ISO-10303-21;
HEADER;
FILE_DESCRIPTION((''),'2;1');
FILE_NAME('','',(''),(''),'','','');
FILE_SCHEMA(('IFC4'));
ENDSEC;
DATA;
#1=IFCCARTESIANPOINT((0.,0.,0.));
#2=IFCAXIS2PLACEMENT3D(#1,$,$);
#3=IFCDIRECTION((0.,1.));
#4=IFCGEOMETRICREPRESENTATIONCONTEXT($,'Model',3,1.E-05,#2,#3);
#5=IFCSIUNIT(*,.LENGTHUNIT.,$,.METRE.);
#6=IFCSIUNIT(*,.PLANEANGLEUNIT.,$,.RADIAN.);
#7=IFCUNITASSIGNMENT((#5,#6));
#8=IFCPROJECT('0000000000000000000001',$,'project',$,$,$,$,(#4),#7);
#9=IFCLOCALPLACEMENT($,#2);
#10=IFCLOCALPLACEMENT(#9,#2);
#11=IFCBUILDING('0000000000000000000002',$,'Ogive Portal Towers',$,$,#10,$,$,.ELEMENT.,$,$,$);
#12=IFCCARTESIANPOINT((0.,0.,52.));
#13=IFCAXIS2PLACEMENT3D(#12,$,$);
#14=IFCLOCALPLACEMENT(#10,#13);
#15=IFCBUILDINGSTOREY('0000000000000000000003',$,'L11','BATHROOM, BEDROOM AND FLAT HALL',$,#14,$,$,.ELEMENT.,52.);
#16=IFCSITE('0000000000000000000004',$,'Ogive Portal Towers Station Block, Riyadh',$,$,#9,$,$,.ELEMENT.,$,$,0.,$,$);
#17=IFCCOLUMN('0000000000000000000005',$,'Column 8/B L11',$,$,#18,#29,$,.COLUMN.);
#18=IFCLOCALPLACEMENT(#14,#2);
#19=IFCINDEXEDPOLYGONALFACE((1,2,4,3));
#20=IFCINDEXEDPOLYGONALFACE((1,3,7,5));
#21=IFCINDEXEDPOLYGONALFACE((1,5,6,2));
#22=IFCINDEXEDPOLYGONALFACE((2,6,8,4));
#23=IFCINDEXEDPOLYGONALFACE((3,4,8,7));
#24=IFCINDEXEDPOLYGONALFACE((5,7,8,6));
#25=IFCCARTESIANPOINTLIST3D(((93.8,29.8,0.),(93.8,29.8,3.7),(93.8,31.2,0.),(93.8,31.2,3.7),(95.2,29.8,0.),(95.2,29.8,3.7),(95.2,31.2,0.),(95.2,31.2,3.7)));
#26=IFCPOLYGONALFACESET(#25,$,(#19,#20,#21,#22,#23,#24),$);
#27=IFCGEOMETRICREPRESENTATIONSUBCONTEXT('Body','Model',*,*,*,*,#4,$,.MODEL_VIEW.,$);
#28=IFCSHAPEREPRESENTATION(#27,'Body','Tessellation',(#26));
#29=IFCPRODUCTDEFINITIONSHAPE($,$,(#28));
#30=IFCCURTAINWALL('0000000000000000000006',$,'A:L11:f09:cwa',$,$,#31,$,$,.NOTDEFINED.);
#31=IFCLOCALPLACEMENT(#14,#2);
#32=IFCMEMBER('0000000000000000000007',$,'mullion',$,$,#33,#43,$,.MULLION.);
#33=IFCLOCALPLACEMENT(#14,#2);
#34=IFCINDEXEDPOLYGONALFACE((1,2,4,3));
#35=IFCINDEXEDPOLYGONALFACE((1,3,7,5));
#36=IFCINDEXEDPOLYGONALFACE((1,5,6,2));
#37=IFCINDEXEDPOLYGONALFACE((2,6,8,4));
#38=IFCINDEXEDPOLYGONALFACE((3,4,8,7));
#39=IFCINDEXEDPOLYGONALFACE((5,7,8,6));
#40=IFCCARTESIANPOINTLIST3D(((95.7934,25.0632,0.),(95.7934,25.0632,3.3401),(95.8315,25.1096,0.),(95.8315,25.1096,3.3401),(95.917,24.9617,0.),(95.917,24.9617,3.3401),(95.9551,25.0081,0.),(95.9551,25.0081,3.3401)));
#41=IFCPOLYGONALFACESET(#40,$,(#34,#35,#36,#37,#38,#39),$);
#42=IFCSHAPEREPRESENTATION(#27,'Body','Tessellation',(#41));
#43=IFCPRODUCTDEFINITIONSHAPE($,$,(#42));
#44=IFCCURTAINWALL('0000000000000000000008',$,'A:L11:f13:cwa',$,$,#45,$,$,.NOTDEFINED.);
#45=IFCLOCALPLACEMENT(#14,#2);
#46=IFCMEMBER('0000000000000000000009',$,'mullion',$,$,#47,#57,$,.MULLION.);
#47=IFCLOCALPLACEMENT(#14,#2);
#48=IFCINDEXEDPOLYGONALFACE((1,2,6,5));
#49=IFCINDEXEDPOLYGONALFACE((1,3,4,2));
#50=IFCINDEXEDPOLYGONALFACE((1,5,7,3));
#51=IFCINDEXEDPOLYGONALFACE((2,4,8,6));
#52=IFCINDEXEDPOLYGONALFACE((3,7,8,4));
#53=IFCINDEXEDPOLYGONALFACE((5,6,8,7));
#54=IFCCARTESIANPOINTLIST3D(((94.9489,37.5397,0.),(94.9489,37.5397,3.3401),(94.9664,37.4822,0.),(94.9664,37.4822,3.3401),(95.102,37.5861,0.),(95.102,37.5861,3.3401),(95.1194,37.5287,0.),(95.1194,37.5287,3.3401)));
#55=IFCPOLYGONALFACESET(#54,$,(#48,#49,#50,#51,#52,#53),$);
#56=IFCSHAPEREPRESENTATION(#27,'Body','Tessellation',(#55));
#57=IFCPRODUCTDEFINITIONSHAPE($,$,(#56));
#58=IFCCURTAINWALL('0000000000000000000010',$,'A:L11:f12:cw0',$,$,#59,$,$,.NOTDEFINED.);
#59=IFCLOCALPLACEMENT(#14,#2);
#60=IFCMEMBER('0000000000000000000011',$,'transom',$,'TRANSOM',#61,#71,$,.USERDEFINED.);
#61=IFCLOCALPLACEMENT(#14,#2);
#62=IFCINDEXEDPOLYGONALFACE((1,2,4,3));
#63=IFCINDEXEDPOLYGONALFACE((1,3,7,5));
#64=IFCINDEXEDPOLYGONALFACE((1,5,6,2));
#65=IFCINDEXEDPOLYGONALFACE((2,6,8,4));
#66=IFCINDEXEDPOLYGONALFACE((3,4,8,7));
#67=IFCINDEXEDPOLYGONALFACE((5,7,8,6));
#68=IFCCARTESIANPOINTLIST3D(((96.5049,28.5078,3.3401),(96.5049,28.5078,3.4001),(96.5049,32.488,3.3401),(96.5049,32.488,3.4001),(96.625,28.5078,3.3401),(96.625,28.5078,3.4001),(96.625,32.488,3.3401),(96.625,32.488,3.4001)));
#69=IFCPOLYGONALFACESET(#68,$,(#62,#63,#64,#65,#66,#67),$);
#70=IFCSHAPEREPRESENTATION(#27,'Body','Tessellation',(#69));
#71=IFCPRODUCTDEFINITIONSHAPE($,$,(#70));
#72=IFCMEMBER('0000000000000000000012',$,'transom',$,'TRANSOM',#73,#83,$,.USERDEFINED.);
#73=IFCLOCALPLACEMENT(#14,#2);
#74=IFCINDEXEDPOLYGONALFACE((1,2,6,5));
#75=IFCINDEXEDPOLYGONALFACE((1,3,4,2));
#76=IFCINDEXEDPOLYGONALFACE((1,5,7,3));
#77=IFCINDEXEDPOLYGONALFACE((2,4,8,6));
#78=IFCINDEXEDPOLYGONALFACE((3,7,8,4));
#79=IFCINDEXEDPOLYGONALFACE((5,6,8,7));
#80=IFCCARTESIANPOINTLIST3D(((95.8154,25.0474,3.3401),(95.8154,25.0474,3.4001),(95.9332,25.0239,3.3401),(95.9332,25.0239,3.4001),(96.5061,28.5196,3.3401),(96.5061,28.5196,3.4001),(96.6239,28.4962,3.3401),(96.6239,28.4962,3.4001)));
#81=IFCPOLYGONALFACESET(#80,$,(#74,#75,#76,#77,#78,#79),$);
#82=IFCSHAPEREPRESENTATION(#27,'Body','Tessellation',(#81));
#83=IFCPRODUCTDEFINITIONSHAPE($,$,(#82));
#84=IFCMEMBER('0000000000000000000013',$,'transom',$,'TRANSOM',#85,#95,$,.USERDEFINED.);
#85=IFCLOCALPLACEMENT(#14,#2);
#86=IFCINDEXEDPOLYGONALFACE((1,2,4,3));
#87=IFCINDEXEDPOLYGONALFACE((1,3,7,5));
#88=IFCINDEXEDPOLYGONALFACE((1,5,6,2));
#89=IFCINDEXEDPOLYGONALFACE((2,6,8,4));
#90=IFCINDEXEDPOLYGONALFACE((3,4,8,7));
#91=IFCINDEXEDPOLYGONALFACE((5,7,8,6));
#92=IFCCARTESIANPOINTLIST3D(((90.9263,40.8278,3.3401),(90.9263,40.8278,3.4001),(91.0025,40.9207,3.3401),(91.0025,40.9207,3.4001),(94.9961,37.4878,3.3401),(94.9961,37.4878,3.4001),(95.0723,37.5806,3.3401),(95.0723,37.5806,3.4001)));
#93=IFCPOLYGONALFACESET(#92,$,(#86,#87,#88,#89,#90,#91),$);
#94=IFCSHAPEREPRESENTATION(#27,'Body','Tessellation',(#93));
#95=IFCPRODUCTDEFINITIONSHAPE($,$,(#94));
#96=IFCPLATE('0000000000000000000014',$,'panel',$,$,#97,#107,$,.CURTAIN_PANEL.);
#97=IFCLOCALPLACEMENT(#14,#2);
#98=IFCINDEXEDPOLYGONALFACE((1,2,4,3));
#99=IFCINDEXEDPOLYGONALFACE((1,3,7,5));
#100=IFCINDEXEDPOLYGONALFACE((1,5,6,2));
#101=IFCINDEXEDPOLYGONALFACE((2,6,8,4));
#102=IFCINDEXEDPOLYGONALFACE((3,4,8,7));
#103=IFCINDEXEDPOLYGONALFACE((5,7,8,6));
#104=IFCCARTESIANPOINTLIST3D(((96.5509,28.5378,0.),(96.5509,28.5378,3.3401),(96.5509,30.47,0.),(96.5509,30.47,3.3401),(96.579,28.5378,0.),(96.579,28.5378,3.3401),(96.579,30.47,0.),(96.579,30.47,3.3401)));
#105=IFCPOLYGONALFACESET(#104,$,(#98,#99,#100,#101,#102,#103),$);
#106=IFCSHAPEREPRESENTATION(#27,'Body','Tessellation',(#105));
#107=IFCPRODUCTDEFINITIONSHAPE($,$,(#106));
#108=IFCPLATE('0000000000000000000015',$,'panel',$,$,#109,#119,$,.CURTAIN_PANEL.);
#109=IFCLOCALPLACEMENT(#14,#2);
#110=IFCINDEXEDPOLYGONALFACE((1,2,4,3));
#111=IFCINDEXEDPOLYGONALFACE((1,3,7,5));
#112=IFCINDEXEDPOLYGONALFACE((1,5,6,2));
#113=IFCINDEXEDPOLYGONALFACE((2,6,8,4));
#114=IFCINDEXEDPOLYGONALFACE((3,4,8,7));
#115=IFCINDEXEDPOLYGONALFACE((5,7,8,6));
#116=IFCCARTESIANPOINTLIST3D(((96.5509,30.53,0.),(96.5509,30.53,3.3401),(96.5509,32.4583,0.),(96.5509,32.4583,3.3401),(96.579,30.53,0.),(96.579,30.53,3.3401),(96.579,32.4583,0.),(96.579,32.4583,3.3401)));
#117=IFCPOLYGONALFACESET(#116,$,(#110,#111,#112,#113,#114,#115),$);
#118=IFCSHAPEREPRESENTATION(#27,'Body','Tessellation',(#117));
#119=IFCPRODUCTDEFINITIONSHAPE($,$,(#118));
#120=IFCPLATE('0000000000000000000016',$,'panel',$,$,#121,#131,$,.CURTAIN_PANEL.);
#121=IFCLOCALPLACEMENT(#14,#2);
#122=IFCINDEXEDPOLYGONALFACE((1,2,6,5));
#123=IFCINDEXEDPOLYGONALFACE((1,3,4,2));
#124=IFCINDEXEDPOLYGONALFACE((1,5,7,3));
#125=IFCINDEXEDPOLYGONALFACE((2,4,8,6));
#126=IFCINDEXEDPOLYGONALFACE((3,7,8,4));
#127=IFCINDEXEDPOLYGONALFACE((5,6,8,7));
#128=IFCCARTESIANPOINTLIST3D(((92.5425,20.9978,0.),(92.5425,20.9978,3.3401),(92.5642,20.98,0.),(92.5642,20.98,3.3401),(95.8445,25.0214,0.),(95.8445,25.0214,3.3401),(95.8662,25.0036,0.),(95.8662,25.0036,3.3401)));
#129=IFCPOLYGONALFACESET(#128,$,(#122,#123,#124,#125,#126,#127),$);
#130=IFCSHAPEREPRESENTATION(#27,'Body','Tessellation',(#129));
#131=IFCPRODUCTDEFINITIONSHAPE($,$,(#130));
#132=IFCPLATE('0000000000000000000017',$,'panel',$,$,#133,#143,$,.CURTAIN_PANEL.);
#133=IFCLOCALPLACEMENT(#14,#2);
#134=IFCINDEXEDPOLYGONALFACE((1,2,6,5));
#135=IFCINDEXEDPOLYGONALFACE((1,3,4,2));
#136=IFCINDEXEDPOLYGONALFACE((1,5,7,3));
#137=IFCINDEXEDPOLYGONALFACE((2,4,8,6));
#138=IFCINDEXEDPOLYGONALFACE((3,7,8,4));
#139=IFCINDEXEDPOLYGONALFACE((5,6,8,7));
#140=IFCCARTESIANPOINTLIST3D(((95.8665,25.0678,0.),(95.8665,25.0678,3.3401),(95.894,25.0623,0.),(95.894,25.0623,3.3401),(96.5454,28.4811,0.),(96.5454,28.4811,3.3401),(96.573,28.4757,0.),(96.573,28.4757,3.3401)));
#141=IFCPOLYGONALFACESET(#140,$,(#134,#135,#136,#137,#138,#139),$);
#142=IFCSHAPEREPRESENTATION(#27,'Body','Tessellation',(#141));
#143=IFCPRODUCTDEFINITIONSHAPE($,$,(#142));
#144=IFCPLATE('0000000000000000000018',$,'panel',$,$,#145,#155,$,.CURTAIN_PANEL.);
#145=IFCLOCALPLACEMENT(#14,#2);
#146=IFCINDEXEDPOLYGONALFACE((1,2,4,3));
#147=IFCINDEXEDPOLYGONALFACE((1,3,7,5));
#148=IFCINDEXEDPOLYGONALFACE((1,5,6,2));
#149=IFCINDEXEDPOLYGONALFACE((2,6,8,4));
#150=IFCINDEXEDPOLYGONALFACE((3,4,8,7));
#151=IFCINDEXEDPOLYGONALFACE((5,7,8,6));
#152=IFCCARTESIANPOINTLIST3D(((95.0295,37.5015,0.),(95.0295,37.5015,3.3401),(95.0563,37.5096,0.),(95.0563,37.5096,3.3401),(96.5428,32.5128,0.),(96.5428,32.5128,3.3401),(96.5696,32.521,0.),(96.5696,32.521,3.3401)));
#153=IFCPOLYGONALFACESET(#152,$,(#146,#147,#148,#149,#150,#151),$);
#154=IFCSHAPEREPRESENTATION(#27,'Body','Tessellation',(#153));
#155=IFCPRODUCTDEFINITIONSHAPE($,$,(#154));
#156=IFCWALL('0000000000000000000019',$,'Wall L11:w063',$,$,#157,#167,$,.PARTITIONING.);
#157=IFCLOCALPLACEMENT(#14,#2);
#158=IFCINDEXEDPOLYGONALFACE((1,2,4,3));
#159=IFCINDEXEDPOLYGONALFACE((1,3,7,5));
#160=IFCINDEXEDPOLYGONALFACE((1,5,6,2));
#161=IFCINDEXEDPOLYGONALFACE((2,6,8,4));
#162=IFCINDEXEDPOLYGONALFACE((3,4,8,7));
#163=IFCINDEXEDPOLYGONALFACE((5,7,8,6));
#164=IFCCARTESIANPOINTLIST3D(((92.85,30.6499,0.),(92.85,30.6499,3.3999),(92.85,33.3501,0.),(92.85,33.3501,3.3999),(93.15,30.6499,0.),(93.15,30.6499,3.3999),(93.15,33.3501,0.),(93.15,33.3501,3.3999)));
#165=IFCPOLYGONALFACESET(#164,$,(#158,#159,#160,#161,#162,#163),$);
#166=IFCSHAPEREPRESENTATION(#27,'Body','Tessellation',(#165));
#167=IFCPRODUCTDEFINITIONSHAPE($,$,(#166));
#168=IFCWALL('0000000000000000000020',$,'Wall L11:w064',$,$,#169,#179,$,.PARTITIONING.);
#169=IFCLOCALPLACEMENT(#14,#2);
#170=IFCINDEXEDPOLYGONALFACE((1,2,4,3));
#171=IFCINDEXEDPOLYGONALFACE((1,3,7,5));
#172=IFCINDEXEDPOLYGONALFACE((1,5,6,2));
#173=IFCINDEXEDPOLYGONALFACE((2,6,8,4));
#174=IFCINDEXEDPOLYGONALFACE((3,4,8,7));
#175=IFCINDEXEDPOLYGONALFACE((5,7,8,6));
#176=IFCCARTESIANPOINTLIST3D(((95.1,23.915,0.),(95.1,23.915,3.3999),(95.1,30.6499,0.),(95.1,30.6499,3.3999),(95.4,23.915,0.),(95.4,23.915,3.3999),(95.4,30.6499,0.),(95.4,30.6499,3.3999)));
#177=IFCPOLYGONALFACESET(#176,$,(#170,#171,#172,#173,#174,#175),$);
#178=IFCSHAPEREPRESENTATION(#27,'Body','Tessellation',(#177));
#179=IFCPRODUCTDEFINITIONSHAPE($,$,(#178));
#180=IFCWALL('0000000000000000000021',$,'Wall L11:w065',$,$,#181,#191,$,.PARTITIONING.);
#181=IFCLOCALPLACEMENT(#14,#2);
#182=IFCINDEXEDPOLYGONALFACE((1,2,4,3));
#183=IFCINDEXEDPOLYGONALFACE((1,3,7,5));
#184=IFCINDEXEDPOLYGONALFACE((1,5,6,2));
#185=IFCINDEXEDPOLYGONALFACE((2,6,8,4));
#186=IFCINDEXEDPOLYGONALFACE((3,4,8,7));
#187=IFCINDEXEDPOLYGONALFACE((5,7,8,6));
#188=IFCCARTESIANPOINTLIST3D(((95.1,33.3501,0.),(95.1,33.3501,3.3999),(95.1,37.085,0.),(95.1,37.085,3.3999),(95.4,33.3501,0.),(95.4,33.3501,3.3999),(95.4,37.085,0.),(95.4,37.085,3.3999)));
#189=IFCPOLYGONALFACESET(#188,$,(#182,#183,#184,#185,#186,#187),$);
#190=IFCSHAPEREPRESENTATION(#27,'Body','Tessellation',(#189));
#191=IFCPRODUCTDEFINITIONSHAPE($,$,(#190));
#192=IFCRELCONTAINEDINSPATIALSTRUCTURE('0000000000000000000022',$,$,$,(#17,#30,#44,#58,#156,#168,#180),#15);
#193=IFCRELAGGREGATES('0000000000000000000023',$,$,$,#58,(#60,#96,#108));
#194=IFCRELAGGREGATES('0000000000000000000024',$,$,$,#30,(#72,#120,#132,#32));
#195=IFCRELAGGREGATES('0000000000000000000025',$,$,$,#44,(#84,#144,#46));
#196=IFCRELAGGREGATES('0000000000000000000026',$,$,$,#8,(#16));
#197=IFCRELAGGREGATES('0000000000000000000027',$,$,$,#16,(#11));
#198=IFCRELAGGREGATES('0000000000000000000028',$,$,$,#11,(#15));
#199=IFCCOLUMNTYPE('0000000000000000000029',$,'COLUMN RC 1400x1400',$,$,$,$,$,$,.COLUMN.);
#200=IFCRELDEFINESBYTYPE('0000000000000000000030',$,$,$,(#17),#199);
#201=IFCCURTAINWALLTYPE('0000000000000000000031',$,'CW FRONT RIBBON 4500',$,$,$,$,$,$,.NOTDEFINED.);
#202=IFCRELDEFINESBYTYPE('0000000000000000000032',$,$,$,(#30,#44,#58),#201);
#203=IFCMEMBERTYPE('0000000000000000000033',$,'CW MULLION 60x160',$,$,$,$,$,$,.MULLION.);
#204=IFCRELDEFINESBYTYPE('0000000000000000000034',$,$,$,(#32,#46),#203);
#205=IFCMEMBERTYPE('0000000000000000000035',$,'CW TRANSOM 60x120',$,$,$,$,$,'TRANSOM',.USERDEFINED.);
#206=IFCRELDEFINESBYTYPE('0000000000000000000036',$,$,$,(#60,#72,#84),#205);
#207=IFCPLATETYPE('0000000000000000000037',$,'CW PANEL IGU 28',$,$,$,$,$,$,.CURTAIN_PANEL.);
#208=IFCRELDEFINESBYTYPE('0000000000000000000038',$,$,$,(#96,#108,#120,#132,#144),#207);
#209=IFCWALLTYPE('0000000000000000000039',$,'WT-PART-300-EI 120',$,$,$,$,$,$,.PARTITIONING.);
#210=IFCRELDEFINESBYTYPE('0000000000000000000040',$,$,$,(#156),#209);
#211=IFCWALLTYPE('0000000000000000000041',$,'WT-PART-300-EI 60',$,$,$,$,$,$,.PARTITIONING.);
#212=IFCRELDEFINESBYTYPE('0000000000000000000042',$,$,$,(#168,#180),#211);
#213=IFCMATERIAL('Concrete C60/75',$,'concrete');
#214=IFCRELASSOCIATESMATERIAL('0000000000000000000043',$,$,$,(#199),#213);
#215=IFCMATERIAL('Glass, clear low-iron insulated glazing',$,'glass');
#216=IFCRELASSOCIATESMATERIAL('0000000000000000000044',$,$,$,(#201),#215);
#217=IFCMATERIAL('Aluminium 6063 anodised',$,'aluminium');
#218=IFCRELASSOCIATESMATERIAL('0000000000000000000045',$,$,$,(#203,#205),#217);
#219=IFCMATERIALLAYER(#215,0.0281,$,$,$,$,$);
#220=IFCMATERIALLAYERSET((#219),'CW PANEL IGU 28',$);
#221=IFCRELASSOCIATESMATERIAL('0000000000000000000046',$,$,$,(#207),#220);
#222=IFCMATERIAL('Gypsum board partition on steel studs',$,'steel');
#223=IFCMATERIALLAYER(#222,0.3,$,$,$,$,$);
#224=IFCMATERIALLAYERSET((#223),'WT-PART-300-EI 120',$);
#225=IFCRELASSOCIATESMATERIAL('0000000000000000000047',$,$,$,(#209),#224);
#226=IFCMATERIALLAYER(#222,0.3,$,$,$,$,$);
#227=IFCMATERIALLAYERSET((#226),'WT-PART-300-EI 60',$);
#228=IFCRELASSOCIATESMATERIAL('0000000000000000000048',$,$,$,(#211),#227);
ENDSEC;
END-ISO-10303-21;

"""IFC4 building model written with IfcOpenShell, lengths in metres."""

from ifc_helpers import new_model, si_unit, direction, frame, frame_2d, origin, origin_2d, place, context, subcontext, project, spatial, rectangle, extrude, material, layer, layer_set, material_profile, profile_set, type_object, element, aggregate, save


model = new_model("IFC4")

# Units and contexts
model_context = context("Model", 3, precision=1e-05, world=origin(), true_north=direction((0.0, 1.0)))
body_context = subcontext(model_context, "Body", "Model", "MODEL_VIEW")
ifc_project = project(units=[si_unit("LENGTHUNIT", "METRE"), si_unit("PLANEANGLEUNIT", "RADIAN")], contexts=[model_context])

# Site, building, storey
site_placement = place(None, origin())
site = spatial("IfcSite", under=ifc_project, at=site_placement, Name="Ogive Portal Towers Station Block, Riyadh", CompositionType="ELEMENT", RefElevation=0.0)
building_placement = place(site_placement, origin())
building = spatial("IfcBuilding", under=site, at=building_placement, Name="Ogive Portal Towers", CompositionType="ELEMENT")
storey_placement = place(building_placement, frame((0.0, 0.0, 52.0)))
storey = spatial("IfcBuildingStorey", under=building, at=storey_placement, Name="L11", Description="BATHROOM, BEDROOM AND FLAT HALL", CompositionType="ELEMENT", Elevation=52.0)

# Column
ifc_material_1 = material(Name="Concrete C60/75", Category="concrete")
ifc_material_profile_1 = material_profile(ifc_material_1, rectangle(XDim=1.3999, YDim=1.3999, at=origin_2d()), Name="RC 1400x1400")
ifc_profile_set_1 = profile_set([ifc_material_profile_1], Name="Concrete C60/75")
column_type = type_object("IfcColumnType", Name="COLUMN RC 1400x1400", PredefinedType="COLUMN", material=ifc_profile_set_1)
column_placement = place(storey_placement, frame((94.5, 30.5, 0.0), z_axis=(0.0, 0.0, 1.0), x_axis=(1.0, 0.0, 0.0)))
element("IfcColumn", 1, at=column_placement, inside=storey, type_object=column_type, Name="Column 8/B L11", PredefinedType="COLUMN", context=body_context, shape_type="SweptSolid", body=[
    extrude(rectangle(XDim=1.3999, YDim=1.3999, at=origin_2d()), origin(), (0.0, 0.0, 1.0), 3.7),
])

# Curtain walls, members
ifc_material_2 = material(Name="Glass, clear low-iron insulated glazing", Category="glass")
curtain_wall_type = type_object("IfcCurtainWallType", Name="CW FRONT RIBBON 4500", PredefinedType="NOTDEFINED", material=ifc_material_2)
curtain_wall_1_placement = place(storey_placement, origin())
curtain_wall_1 = element("IfcCurtainWall", 2, at=curtain_wall_1_placement, inside=storey, type_object=curtain_wall_type, Name="A:L11:f09:cwa", PredefinedType="NOTDEFINED")
ifc_material_3 = material(Name="Aluminium 6063 anodised", Category="aluminium")
ifc_material_profile_2 = material_profile(ifc_material_3, rectangle(XDim=0.1599, YDim=0.0601, at=origin_2d()), Name="AL 60x160")
ifc_profile_set_2 = profile_set([ifc_material_profile_2], Name="Aluminium 6063 anodised")
member_type_1 = type_object("IfcMemberType", Name="CW MULLION 60x160", PredefinedType="MULLION", material=ifc_profile_set_2)
member_1_placement = place(storey_placement, frame((95.8743, 25.0356, 0.0), z_axis=(0.0, 0.0, 1.0), x_axis=(-0.77301, 0.634393, 0.0)))
member_1 = element("IfcMember", 3, at=member_1_placement, type_object=member_type_1, Name="mullion", PredefinedType="MULLION", context=body_context, shape_type="SweptSolid", body=[
    extrude(rectangle(XDim=0.1599, YDim=0.0601, at=origin_2d()), origin(), (0.0, 0.0, 1.0), 3.3401),
])
curtain_wall_2_placement = place(storey_placement, origin())
curtain_wall_2 = element("IfcCurtainWall", 4, at=curtain_wall_2_placement, inside=storey, type_object=curtain_wall_type, Name="A:L11:f13:cwa", PredefinedType="NOTDEFINED")
member_2_placement = place(storey_placement, frame((95.0342, 37.5342, 0.0), z_axis=(0.0, 0.0, 1.0), x_axis=(-0.95694, -0.290285, 0.0)))
member_2 = element("IfcMember", 5, at=member_2_placement, type_object=member_type_1, Name="mullion", PredefinedType="MULLION", context=body_context, shape_type="SweptSolid", body=[
    extrude(rectangle(XDim=0.1599, YDim=0.0601, at=origin_2d()), origin(), (0.0, 0.0, 1.0), 3.3401),
])
curtain_wall_3_placement = place(storey_placement, origin())
curtain_wall_3 = element("IfcCurtainWall", 6, at=curtain_wall_3_placement, inside=storey, type_object=curtain_wall_type, Name="A:L11:f12:cw0", PredefinedType="NOTDEFINED")
ifc_material_profile_3 = material_profile(ifc_material_3, rectangle(XDim=0.1201, YDim=0.0601, at=origin_2d()), Name="AL 120x60")
ifc_profile_set_3 = profile_set([ifc_material_profile_3], Name="Aluminium 6063 anodised")
member_type_2 = type_object("IfcMemberType", Name="CW TRANSOM 60x120", ElementType="TRANSOM", PredefinedType="USERDEFINED", material=ifc_profile_set_3)
member_3_placement = place(storey_placement, frame((96.5649, 28.5078, 3.3701), z_axis=(0.0, 1.0, 0.0), x_axis=(-1.0, 0.0, 0.0)))
member_3 = element("IfcMember", 7, at=member_3_placement, type_object=member_type_2, Name="transom", ObjectType="TRANSOM", PredefinedType="USERDEFINED", context=body_context, shape_type="SweptSolid", body=[
    extrude(rectangle(XDim=0.1201, YDim=0.0601, at=origin_2d()), origin(), (0.0, 0.0, 1.0), 3.9802),
])

# Members
member_4_placement = place(storey_placement, frame((95.8743, 25.0356, 3.3701), z_axis=(0.195095, 0.980784, 0.0), x_axis=(-0.980784, 0.195095, 0.0)))
member_4 = element("IfcMember", 8, at=member_4_placement, type_object=member_type_2, Name="transom", ObjectType="TRANSOM", PredefinedType="USERDEFINED", context=body_context, shape_type="SweptSolid", body=[
    extrude(rectangle(XDim=0.1201, YDim=0.0601, at=origin_2d()), origin(), (0.0, 0.0, 1.0), 3.5403),
])
member_5_placement = place(storey_placement, frame((95.0342, 37.5342, 3.3701), z_axis=(-0.773004, 0.634401, 0.0), x_axis=(-0.634401, -0.773004, 0.0)))
member_5 = element("IfcMember", 9, at=member_5_placement, type_object=member_type_2, Name="transom", ObjectType="TRANSOM", PredefinedType="USERDEFINED", context=body_context, shape_type="SweptSolid", body=[
    extrude(rectangle(XDim=0.1201, YDim=0.0601, at=origin_2d()), origin(), (0.0, 0.0, 1.0), 5.2649),
])

# Plates
ifc_layer_1 = layer(ifc_material_2, 0.0281)
ifc_layer_set_1 = layer_set([ifc_layer_1], Name="CW PANEL IGU 28")
plate_type = type_object("IfcPlateType", Name="CW PANEL IGU 28", PredefinedType="CURTAIN_PANEL", material=ifc_layer_set_1)
plate_1_placement = place(storey_placement, frame((96.5649, 29.5039, 0.0), z_axis=(0.0, 0.0, 1.0), x_axis=(0.0, 1.0, 0.0)))
plate_1 = element("IfcPlate", 10, at=plate_1_placement, type_object=plate_type, Name="panel", PredefinedType="CURTAIN_PANEL", context=body_context, shape_type="SweptSolid", body=[
    extrude(rectangle(XDim=1.9321, YDim=0.0281, at=origin_2d()), origin(), (0.0, 0.0, 1.0), 3.3401),
])
plate_2_placement = place(storey_placement, frame((96.5649, 31.4941, 0.0), z_axis=(0.0, 0.0, 1.0), x_axis=(0.0, 1.0, 0.0)))
plate_2 = element("IfcPlate", 11, at=plate_2_placement, type_object=plate_type, Name="panel", PredefinedType="CURTAIN_PANEL", context=body_context, shape_type="SweptSolid", body=[
    extrude(rectangle(XDim=1.9282, YDim=0.0281, at=origin_2d()), origin(), (0.0, 0.0, 1.0), 3.3401),
])
aggregate(curtain_wall_3, [member_3, plate_1, plate_2])
plate_3_placement = place(storey_placement, frame((94.2043, 23.0007, 0.0), z_axis=(0.0, 0.0, 1.0), x_axis=(0.634393, 0.77301, 0.0)))
plate_3 = element("IfcPlate", 12, at=plate_3_placement, type_object=plate_type, Name="panel", PredefinedType="CURTAIN_PANEL", context=body_context, shape_type="SweptSolid", body=[
    extrude(rectangle(XDim=5.2051, YDim=0.0281, at=origin_2d()), origin(), (0.0, 0.0, 1.0), 3.3401),
])
plate_4_placement = place(storey_placement, frame((96.2197, 26.7717, 0.0), z_axis=(0.0, 0.0, 1.0), x_axis=(0.19509, 0.980785, 0.0)))
plate_4 = element("IfcPlate", 13, at=plate_4_placement, type_object=plate_type, Name="panel", PredefinedType="CURTAIN_PANEL", context=body_context, shape_type="SweptSolid", body=[
    extrude(rectangle(XDim=3.4802, YDim=0.0281, at=origin_2d()), origin(), (0.0, 0.0, 1.0), 3.3401),
])
aggregate(curtain_wall_1, [member_4, plate_3, plate_4, member_1])
plate_5_placement = place(storey_placement, frame((95.7996, 35.0112, 0.0), z_axis=(0.0, 0.0, 1.0), x_axis=(-0.290285, 0.95694, 0.0)))
plate_5 = element("IfcPlate", 14, at=plate_5_placement, type_object=plate_type, Name="panel", PredefinedType="CURTAIN_PANEL", context=body_context, shape_type="SweptSolid", body=[
    extrude(rectangle(XDim=5.2131, YDim=0.0281, at=origin_2d()), origin(), (0.0, 0.0, 1.0), 3.3401),
])
aggregate(curtain_wall_2, [member_5, plate_5, member_2])

# Walls
ifc_material_4 = material(Name="Gypsum board partition on steel studs", Category="steel")
ifc_layer_2 = layer(ifc_material_4, 0.3)
ifc_layer_set_2 = layer_set([ifc_layer_2], Name="WT-PART-300-EI 120")
wall_type_1 = type_object("IfcWallType", Name="WT-PART-300-EI 120", PredefinedType="PARTITIONING", material=ifc_layer_set_2)
wall_1_placement = place(storey_placement, frame((93.0, 30.6499, 0.0), z_axis=(0.0, 0.0, 1.0), x_axis=(0.0, 1.0, 0.0)))
element("IfcWall", 15, at=wall_1_placement, inside=storey, type_object=wall_type_1, Name="Wall L11:w063", PredefinedType="PARTITIONING", context=body_context, shape_type="SweptSolid", body=[
    extrude(rectangle(XDim=2.7002, YDim=0.3, at=frame_2d((1.3501, 0.0))), origin(), (0.0, 0.0, 1.0), 3.3999),
])
ifc_layer_3 = layer(ifc_material_4, 0.3)
ifc_layer_set_3 = layer_set([ifc_layer_3], Name="WT-PART-300-EI 60")
wall_type_2 = type_object("IfcWallType", Name="WT-PART-300-EI 60", PredefinedType="PARTITIONING", material=ifc_layer_set_3)
wall_2_placement = place(storey_placement, frame((95.25, 23.915, 0.0), z_axis=(0.0, 0.0, 1.0), x_axis=(0.0, 1.0, 0.0)))
element("IfcWall", 16, at=wall_2_placement, inside=storey, type_object=wall_type_2, Name="Wall L11:w064", PredefinedType="PARTITIONING", context=body_context, shape_type="SweptSolid", body=[
    extrude(rectangle(XDim=6.7349, YDim=0.3, at=frame_2d((3.3674, 0.0))), origin(), (0.0, 0.0, 1.0), 3.3999),
])
wall_3_placement = place(storey_placement, frame((95.25, 33.3501, 0.0), z_axis=(0.0, 0.0, 1.0), x_axis=(0.0, 1.0, 0.0)))
element("IfcWall", 17, at=wall_3_placement, inside=storey, type_object=wall_type_2, Name="Wall L11:w065", PredefinedType="PARTITIONING", context=body_context, shape_type="SweptSolid", body=[
    extrude(rectangle(XDim=3.7349, YDim=0.3, at=frame_2d((1.8674, 0.0))), origin(), (0.0, 0.0, 1.0), 3.3999),
])

save(model, "model.ifc")
